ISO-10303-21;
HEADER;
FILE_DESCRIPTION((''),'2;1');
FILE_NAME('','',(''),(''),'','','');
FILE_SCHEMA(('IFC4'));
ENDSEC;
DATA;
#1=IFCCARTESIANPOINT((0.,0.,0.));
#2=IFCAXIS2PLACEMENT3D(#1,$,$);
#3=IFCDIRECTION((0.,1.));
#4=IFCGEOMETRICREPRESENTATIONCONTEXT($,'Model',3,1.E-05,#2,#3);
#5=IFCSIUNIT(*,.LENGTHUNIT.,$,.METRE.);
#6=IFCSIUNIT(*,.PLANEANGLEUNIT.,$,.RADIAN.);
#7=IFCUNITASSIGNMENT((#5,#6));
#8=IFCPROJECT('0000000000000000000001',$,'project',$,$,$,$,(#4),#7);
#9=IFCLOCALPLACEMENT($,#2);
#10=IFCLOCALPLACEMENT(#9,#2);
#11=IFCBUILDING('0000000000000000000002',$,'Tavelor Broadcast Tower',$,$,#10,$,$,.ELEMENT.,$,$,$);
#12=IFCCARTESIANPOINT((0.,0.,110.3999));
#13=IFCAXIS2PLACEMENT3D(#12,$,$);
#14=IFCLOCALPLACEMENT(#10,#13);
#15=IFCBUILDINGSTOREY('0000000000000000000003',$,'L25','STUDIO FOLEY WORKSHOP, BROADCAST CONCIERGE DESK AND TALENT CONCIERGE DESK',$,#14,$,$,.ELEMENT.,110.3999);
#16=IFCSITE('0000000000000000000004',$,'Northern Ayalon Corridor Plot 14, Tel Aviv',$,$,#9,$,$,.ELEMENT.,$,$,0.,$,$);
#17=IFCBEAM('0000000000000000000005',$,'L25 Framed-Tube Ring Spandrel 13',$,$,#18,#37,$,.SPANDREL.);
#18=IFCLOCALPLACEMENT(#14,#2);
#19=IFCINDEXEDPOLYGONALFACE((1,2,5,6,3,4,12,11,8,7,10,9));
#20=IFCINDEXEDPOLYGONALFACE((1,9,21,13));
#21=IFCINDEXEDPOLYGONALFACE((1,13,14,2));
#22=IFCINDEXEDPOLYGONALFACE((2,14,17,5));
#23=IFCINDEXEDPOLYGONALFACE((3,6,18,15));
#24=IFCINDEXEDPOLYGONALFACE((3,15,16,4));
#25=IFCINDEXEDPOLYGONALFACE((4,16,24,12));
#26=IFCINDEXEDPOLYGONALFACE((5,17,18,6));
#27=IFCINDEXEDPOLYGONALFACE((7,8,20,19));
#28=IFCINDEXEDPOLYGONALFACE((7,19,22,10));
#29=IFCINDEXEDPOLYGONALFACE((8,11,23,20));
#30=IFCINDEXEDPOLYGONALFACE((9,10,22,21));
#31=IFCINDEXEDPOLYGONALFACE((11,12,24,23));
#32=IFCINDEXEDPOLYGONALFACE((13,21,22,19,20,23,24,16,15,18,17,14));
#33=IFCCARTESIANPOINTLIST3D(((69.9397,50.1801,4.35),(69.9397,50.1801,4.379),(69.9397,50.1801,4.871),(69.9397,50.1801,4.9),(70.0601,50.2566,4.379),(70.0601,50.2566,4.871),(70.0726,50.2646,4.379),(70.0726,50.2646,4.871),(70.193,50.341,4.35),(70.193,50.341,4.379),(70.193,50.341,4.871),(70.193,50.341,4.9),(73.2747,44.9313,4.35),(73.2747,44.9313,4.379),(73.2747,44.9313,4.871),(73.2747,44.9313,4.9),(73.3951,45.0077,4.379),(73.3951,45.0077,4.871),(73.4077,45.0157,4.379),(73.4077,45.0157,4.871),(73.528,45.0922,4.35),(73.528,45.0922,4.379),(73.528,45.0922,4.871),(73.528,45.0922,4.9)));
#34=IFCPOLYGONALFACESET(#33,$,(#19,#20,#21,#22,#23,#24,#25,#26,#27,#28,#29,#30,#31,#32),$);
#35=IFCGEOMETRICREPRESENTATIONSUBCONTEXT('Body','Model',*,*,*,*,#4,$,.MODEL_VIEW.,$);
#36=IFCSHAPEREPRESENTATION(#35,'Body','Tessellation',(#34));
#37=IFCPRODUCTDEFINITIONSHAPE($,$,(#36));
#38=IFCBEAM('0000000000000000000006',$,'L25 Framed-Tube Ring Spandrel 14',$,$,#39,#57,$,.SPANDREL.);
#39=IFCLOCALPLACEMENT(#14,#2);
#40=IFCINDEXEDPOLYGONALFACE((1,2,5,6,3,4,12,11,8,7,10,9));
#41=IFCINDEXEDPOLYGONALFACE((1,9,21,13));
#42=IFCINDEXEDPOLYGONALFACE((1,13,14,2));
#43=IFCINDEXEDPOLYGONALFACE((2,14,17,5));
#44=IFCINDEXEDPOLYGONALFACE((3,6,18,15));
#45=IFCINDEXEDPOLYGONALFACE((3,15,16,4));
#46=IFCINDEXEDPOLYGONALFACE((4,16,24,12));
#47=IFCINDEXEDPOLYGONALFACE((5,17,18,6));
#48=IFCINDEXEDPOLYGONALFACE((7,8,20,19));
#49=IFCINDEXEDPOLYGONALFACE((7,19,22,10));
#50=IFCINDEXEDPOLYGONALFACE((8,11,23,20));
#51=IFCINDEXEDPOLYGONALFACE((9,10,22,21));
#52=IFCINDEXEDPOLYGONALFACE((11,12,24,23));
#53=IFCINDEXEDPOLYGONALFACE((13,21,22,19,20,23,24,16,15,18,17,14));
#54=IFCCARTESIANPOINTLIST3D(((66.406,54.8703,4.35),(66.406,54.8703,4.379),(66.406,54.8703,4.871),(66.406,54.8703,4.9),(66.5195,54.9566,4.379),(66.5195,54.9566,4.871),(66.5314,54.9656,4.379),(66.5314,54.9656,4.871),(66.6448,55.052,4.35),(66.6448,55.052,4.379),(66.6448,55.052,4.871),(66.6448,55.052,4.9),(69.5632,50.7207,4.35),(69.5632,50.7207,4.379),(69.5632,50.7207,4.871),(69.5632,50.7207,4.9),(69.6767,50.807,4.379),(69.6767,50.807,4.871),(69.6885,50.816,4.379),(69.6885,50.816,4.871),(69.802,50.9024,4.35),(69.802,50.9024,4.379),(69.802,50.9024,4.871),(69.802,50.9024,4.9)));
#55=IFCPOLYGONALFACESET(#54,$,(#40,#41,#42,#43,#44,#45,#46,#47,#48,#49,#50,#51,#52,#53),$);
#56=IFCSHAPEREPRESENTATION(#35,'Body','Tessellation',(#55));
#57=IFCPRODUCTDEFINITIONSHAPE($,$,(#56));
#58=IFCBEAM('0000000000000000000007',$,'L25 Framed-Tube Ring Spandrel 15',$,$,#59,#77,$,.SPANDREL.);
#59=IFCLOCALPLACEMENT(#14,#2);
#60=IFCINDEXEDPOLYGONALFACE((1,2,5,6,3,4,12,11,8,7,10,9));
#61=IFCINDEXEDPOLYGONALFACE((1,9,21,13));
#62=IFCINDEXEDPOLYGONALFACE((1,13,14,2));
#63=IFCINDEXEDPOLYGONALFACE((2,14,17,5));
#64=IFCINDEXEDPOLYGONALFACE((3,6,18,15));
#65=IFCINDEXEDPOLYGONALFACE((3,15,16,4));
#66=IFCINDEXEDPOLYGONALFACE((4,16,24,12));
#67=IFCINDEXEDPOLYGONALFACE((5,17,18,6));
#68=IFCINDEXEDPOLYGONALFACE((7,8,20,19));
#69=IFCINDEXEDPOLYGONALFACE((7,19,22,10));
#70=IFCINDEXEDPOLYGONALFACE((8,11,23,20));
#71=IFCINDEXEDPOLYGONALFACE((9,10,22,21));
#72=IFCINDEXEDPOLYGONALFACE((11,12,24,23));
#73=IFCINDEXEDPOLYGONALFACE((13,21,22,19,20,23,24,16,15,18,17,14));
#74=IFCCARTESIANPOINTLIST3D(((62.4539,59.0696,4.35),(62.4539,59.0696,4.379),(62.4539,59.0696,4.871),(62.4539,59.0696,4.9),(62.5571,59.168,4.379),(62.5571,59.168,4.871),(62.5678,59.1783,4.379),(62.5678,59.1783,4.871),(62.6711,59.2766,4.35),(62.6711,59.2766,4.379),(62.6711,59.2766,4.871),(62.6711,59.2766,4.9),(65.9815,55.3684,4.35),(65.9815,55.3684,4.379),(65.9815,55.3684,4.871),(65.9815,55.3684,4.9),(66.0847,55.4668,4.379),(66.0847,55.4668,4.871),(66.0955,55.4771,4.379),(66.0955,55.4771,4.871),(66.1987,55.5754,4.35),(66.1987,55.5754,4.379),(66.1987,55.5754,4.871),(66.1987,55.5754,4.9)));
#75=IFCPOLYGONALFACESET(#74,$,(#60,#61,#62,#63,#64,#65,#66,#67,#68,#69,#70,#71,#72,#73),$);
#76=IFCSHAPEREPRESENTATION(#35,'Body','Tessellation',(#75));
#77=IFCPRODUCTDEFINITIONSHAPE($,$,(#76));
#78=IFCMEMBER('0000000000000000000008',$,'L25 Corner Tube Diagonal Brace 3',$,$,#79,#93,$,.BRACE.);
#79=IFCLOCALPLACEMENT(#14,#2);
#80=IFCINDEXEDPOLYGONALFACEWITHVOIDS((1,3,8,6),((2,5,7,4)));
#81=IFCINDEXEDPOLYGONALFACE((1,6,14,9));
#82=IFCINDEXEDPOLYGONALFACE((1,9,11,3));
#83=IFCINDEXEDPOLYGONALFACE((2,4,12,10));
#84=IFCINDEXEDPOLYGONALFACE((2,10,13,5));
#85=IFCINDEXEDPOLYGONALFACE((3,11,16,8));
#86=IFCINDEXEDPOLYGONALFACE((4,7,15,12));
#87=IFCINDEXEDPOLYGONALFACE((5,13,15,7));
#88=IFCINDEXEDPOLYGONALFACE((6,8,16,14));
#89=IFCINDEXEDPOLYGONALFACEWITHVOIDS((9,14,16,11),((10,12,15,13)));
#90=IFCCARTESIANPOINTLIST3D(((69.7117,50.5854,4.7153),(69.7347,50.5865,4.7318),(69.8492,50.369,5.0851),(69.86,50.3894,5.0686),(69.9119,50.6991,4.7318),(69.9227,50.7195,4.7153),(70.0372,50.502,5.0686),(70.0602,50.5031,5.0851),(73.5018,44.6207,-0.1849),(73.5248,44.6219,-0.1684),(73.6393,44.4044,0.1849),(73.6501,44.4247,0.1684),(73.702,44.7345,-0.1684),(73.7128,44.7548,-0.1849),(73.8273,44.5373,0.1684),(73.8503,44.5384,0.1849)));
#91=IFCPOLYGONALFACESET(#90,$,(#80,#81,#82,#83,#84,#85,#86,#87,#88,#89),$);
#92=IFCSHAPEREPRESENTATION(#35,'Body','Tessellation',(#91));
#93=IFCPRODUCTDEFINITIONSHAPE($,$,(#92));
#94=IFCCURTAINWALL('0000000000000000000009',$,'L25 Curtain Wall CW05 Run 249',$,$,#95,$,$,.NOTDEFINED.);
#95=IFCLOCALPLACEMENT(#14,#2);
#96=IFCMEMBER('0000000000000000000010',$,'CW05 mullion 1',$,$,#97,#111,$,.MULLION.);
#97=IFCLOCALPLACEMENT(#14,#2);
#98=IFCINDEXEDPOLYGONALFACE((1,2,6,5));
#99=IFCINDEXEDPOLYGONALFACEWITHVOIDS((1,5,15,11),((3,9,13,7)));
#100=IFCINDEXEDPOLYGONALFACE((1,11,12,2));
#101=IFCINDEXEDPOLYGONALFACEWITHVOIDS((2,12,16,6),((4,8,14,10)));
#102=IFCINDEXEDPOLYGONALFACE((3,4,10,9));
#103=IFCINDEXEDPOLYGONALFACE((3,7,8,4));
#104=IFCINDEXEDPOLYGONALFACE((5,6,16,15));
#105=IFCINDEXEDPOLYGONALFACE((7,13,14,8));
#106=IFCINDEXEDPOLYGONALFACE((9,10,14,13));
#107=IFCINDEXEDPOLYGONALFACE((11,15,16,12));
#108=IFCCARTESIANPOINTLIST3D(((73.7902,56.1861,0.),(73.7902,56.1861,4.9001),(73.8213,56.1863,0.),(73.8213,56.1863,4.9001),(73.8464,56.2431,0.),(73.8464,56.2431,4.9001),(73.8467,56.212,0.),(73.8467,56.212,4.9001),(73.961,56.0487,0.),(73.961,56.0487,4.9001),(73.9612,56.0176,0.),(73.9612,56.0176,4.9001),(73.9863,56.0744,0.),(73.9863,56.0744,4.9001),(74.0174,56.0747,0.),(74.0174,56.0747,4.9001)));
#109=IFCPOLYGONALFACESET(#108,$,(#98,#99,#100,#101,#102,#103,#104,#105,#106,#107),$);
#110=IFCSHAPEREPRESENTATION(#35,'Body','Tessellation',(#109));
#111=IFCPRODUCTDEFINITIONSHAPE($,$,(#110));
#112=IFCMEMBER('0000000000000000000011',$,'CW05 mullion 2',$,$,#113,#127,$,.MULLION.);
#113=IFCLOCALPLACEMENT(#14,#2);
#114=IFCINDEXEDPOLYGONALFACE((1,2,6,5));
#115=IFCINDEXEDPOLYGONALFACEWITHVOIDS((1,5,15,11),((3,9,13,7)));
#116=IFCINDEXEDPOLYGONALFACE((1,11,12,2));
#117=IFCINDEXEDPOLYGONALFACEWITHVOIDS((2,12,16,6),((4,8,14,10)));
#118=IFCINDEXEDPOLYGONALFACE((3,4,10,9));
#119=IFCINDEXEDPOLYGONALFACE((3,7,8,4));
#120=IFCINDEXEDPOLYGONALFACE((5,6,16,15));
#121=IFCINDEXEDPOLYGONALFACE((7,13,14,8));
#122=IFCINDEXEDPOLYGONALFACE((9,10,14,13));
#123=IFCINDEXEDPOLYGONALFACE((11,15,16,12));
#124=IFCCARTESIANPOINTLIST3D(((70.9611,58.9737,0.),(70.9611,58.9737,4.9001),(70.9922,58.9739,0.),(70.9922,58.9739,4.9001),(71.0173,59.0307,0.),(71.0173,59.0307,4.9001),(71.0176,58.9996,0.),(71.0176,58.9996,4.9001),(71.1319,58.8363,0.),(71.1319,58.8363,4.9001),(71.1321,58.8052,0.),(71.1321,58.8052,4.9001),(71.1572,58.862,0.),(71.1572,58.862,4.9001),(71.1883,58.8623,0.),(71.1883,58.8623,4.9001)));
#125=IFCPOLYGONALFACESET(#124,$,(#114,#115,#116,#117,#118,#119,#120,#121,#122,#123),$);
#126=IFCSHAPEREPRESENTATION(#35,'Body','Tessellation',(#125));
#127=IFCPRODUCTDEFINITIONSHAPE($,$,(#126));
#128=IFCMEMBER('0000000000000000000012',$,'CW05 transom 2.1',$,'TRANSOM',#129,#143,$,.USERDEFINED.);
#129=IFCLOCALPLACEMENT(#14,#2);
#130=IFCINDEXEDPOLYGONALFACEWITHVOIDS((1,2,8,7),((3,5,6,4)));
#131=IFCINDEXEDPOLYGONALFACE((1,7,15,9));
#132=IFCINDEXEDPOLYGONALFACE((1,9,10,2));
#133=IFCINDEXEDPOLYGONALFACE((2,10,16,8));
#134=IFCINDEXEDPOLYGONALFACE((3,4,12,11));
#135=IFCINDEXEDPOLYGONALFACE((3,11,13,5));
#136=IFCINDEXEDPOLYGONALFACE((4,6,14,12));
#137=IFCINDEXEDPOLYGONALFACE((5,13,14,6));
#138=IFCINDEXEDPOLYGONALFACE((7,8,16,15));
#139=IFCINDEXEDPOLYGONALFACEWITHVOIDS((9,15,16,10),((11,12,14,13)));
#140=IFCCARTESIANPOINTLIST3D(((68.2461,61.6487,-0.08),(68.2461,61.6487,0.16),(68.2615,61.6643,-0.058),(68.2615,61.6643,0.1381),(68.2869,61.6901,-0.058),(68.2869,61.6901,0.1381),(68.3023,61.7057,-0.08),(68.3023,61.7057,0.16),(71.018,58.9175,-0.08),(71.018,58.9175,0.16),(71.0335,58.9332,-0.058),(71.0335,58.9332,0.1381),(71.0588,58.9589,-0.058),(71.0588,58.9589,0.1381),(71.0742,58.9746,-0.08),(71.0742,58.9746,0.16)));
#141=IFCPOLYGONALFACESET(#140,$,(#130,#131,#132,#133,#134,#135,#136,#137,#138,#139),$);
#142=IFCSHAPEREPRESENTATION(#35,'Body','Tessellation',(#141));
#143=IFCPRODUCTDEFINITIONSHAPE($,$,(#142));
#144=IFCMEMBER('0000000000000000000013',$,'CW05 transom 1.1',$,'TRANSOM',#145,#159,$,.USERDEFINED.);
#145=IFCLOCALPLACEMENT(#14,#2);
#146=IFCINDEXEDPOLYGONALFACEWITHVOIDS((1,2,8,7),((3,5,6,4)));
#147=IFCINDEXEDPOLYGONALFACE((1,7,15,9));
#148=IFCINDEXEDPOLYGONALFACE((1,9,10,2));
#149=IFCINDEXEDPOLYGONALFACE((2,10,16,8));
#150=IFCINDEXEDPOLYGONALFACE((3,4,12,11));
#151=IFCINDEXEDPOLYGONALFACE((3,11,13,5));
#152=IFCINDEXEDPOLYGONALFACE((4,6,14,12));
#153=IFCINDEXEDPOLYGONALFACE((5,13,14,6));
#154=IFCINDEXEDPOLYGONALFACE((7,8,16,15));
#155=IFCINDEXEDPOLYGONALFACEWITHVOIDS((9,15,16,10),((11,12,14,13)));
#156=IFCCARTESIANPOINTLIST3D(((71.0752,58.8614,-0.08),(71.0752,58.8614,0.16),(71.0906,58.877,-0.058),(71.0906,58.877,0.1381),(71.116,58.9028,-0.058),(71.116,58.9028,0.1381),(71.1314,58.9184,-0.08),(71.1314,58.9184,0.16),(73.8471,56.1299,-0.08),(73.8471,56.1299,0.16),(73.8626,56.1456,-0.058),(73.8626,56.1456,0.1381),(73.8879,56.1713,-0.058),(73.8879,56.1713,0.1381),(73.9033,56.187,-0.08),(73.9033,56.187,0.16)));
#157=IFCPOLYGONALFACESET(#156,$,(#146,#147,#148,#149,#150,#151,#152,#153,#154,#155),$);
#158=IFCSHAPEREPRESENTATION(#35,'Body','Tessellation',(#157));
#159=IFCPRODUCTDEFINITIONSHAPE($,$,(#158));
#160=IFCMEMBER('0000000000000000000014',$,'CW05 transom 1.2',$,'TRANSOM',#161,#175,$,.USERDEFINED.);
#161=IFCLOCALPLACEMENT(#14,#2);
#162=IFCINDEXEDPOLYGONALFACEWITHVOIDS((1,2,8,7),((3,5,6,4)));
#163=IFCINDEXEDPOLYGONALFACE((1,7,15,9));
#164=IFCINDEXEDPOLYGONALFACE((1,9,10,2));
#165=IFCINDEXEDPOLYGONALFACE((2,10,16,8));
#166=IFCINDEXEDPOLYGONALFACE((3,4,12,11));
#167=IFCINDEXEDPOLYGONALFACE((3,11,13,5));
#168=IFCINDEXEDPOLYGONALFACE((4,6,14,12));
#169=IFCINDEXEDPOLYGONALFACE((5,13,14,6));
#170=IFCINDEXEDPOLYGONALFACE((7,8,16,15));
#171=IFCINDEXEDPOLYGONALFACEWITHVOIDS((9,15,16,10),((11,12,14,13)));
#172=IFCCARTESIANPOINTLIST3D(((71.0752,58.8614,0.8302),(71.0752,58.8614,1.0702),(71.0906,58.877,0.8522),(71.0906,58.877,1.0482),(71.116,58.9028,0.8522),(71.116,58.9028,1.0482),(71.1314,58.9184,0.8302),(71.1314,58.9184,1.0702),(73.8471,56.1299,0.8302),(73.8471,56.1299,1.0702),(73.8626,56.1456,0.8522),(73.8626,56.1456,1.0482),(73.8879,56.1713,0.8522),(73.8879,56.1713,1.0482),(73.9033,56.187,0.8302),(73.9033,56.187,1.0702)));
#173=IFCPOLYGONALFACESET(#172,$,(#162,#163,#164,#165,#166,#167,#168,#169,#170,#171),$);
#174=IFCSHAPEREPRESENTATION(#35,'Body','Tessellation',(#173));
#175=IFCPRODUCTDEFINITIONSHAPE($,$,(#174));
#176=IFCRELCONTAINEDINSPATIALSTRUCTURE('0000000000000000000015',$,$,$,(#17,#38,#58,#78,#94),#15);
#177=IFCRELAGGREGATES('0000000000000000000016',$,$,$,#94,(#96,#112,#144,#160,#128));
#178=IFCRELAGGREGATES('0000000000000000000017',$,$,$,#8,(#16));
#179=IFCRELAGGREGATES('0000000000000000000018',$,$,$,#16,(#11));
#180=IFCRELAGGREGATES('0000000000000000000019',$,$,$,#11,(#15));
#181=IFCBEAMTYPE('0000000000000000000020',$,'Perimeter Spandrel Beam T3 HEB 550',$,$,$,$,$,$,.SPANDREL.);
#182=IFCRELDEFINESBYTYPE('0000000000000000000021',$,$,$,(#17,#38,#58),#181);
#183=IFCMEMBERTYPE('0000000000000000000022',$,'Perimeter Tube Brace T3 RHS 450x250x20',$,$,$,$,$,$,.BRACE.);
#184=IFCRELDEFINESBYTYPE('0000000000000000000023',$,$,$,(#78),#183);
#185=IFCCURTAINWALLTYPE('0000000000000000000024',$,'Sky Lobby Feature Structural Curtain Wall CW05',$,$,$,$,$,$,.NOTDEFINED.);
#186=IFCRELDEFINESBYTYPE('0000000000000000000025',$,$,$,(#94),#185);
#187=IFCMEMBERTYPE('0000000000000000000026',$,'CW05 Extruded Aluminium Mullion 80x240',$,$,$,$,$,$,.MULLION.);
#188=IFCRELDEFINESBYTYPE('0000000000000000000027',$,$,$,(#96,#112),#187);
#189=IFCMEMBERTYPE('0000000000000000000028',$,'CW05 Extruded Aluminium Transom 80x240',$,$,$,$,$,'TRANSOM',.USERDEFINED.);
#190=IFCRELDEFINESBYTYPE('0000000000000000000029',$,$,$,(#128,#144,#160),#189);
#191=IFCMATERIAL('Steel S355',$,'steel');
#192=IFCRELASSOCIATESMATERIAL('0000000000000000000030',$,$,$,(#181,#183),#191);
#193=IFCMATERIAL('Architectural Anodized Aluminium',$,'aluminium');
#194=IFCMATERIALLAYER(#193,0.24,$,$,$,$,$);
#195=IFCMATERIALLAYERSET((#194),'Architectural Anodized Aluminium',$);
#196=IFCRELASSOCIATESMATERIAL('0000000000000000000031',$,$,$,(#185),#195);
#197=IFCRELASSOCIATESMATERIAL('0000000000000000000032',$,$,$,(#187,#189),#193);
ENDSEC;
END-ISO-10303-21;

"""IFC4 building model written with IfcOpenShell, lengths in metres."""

from ifc_helpers import new_model, si_unit, direction, frame, origin, origin_2d, place, context, subcontext, project, spatial, hollow_rectangle, i_section, extrude, source, transform, mapped, material, layer, layer_set, material_profile, profile_set, type_object, type_shapes, element, aggregate, save


model = new_model("IFC4")

# Units and contexts
model_context = context("Model", 3, precision=1e-05, world=origin(), true_north=direction((0.0, 1.0)))
body_context = subcontext(model_context, "Body", "Model", "MODEL_VIEW")
ifc_project = project(units=[si_unit("LENGTHUNIT", "METRE"), si_unit("PLANEANGLEUNIT", "RADIAN")], contexts=[model_context])

# Site, building, storey
site_placement = place(None, origin())
site = spatial("IfcSite", under=ifc_project, at=site_placement, Name="Northern Ayalon Corridor Plot 14, Tel Aviv", CompositionType="ELEMENT", RefElevation=0.0)
building_placement = place(site_placement, origin())
building = spatial("IfcBuilding", under=site, at=building_placement, Name="Tavelor Broadcast Tower", CompositionType="ELEMENT")
storey_placement = place(building_placement, frame((0.0, 0.0, 110.3999)))
storey = spatial("IfcBuildingStorey", under=building, at=storey_placement, Name="L25", Description="STUDIO FOLEY WORKSHOP, BROADCAST CONCIERGE DESK AND TALENT CONCIERGE DESK", CompositionType="ELEMENT", Elevation=110.3999)

# Beams
ifc_material_1 = material(Name="Steel S355", Category="steel")
ifc_material_profile_1 = material_profile(ifc_material_1, i_section(OverallWidth=0.3, OverallDepth=0.55, WebThickness=0.0149, FlangeThickness=0.0291, at=origin_2d()), Name="HEB 550")
ifc_profile_set_1 = profile_set([ifc_material_profile_1], Name="Steel S355")
beam_type_1 = type_object("IfcBeamType", Name="Perimeter Spandrel Beam T3 HEB 550", PredefinedType="SPANDREL", material=ifc_profile_set_1)
beam_1_placement = place(storey_placement, frame((73.4014, 45.0117, 4.625), z_axis=(-0.536283, 0.844038, 0.0), x_axis=(-0.844038, -0.536283, 0.0)))
element("IfcBeam", 1, at=beam_1_placement, inside=storey, type_object=beam_type_1, Name="L25 Framed-Tube Ring Spandrel 13", PredefinedType="SPANDREL", context=body_context, shape_type="SweptSolid", body=[
    extrude(i_section(OverallWidth=0.3, OverallDepth=0.55, WebThickness=0.0149, FlangeThickness=0.0291, at=origin_2d()), origin(), (0.0, 0.0, 1.0), 6.2188),
])
beam_2_placement = place(storey_placement, frame((69.6826, 50.8115, 4.625), z_axis=(-0.605507, 0.79584, 0.0), x_axis=(-0.79584, -0.605507, 0.0)))
element("IfcBeam", 2, at=beam_2_placement, inside=storey, type_object=beam_type_1, Name="L25 Framed-Tube Ring Spandrel 14", PredefinedType="SPANDREL", context=body_context, shape_type="SweptSolid", body=[
    extrude(i_section(OverallWidth=0.3, OverallDepth=0.55, WebThickness=0.0149, FlangeThickness=0.0291, at=origin_2d()), origin(), (0.0, 0.0, 1.0), 5.2141),
])
beam_3_placement = place(storey_placement, frame((66.0901, 55.4719, 4.625), z_axis=(-0.689928, 0.723878, 0.0), x_axis=(-0.723878, -0.689928, 0.0)))
element("IfcBeam", 3, at=beam_3_placement, inside=storey, type_object=beam_type_1, Name="L25 Framed-Tube Ring Spandrel 15", PredefinedType="SPANDREL", context=body_context, shape_type="SweptSolid", body=[
    extrude(i_section(OverallWidth=0.3, OverallDepth=0.55, WebThickness=0.0149, FlangeThickness=0.0291, at=origin_2d()), origin(), (0.0, 0.0, 1.0), 5.113),
])

# Member
ifc_material_profile_2 = material_profile(ifc_material_1, hollow_rectangle(XDim=0.25, YDim=0.45, WallThickness=0.02, at=origin_2d()), Name="RHS 450x250x20")
ifc_profile_set_2 = profile_set([ifc_material_profile_2], Name="Steel S355")
member_type_1 = type_object("IfcMemberType", Name="Perimeter Tube Brace T3 RHS 450x250x20", PredefinedType="BRACE", material=ifc_profile_set_2)
member_1_placement = place(storey_placement, frame((73.676, 44.5796, 0.0), z_axis=(-0.440725, 0.693594, 0.569814), x_axis=(-0.844021, -0.53631, 0.0)))
element("IfcMember", 4, at=member_1_placement, inside=storey, type_object=member_type_1, Name="L25 Corner Tube Diagonal Brace 3", PredefinedType="BRACE", context=body_context, shape_type="SweptSolid", body=[
    extrude(hollow_rectangle(XDim=0.25, YDim=0.45, WallThickness=0.02, at=origin_2d()), origin(), (0.0, 0.0, 1.0), 8.5996),
])

# Curtain wall, members
ifc_material_2 = material(Name="Architectural Anodized Aluminium", Category="aluminium")
ifc_layer_1 = layer(ifc_material_2, 0.24)
ifc_layer_set_1 = layer_set([ifc_layer_1], Name="Architectural Anodized Aluminium")
curtain_wall_type = type_object("IfcCurtainWallType", Name="Sky Lobby Feature Structural Curtain Wall CW05", PredefinedType="NOTDEFINED", material=ifc_layer_set_1)
curtain_wall_placement = place(storey_placement, origin())
curtain_wall = element("IfcCurtainWall", 5, at=curtain_wall_placement, inside=storey, type_object=curtain_wall_type, Name="L25 Curtain Wall CW05 Run 249", PredefinedType="NOTDEFINED")
ifc_material_profile_3 = material_profile(ifc_material_2, hollow_rectangle(XDim=0.0801, YDim=0.24, WallThickness=0.022, at=origin_2d()), Name="RHS 80x240x22")
ifc_profile_set_3 = profile_set([ifc_material_profile_3], Name="Architectural Anodized Aluminium")
member_type_2 = type_object("IfcMemberType", Name="CW05 Extruded Aluminium Mullion 80x240", PredefinedType="MULLION", material=ifc_profile_set_3)
shared_shape_1 = source(origin(), body_context, "Body", "SweptSolid", [
    extrude(hollow_rectangle(XDim=0.0801, YDim=0.24, WallThickness=0.022, at=origin_2d()), origin(), (0.0, 0.0, 1.0), 4.9001),
])
type_shapes(member_type_2, [shared_shape_1])
member_2_placement = place(storey_placement, frame((73.9038, 56.1304, 0.0), z_axis=(0.0, 0.0, 1.0), x_axis=(-0.701852, -0.712322, 0.0)))
member_2 = element("IfcMember", 6, at=member_2_placement, type_object=member_type_2, Name="CW05 mullion 1", PredefinedType="MULLION", context=body_context, shape_type="MappedRepresentation", body=[
    mapped(shared_shape_1, transform((0.0, 0.0, 0.0), scale=1.0)),
])
member_3_placement = place(storey_placement, frame((71.0747, 58.918, 0.0), z_axis=(0.0, 0.0, 1.0), x_axis=(-0.701852, -0.712322, 0.0)))
member_3 = element("IfcMember", 7, at=member_3_placement, type_object=member_type_2, Name="CW05 mullion 2", PredefinedType="MULLION", context=body_context, shape_type="MappedRepresentation", body=[
    mapped(shared_shape_1, transform((0.0, 0.0, 0.0), scale=1.0)),
])
ifc_material_profile_4 = material_profile(ifc_material_2, hollow_rectangle(XDim=0.0801, YDim=0.24, WallThickness=0.022, at=origin_2d()), Name="RHS 80x240x22")
ifc_profile_set_4 = profile_set([ifc_material_profile_4], Name="Architectural Anodized Aluminium")
member_type_3 = type_object("IfcMemberType", Name="CW05 Extruded Aluminium Transom 80x240", ElementType="TRANSOM", PredefinedType="USERDEFINED", material=ifc_profile_set_4)
shared_shape_2 = source(origin(), body_context, "Body", "SweptSolid", [
    extrude(hollow_rectangle(XDim=0.0801, YDim=0.24, WallThickness=0.022, at=origin_2d()), origin(), (0.0, 0.0, 1.0), 3.8914),
])
member_4_placement = place(storey_placement, frame((71.0461, 58.946, 0.04), z_axis=(-0.712326, 0.701849, 0.0), x_axis=(-0.701849, -0.712326, 0.0)))
member_4 = element("IfcMember", 8, at=member_4_placement, type_object=member_type_3, Name="CW05 transom 2.1", ObjectType="TRANSOM", PredefinedType="USERDEFINED", context=body_context, shape_type="MappedRepresentation", body=[
    mapped(shared_shape_2, transform((0.0, 0.0, 0.0), scale=1.0)),
])
shared_shape_3 = source(origin(), body_context, "Body", "SweptSolid", [
    extrude(hollow_rectangle(XDim=0.0801, YDim=0.24, WallThickness=0.022, at=origin_2d()), origin(), (0.0, 0.0, 1.0), 3.8916),
])
type_shapes(member_type_3, [shared_shape_2, shared_shape_3])
member_5_placement = place(storey_placement, frame((73.8752, 56.1584, 0.04), z_axis=(-0.712295, 0.701881, 0.0), x_axis=(-0.701881, -0.712295, 0.0)))
member_5 = element("IfcMember", 9, at=member_5_placement, type_object=member_type_3, Name="CW05 transom 1.1", ObjectType="TRANSOM", PredefinedType="USERDEFINED", context=body_context, shape_type="MappedRepresentation", body=[
    mapped(shared_shape_3, transform((0.0, 0.0, 0.0), scale=1.0)),
])
member_6_placement = place(storey_placement, frame((73.8752, 56.1584, 0.9502), z_axis=(-0.712295, 0.701881, 0.0), x_axis=(-0.701881, -0.712295, 0.0)))
member_6 = element("IfcMember", 10, at=member_6_placement, type_object=member_type_3, Name="CW05 transom 1.2", ObjectType="TRANSOM", PredefinedType="USERDEFINED", context=body_context, shape_type="MappedRepresentation", body=[
    mapped(shared_shape_3, transform((0.0, 0.0, 0.0), scale=1.0)),
])

aggregate(curtain_wall, [member_2, member_3, member_5, member_6, member_4])

save(model, "model.ifc")
